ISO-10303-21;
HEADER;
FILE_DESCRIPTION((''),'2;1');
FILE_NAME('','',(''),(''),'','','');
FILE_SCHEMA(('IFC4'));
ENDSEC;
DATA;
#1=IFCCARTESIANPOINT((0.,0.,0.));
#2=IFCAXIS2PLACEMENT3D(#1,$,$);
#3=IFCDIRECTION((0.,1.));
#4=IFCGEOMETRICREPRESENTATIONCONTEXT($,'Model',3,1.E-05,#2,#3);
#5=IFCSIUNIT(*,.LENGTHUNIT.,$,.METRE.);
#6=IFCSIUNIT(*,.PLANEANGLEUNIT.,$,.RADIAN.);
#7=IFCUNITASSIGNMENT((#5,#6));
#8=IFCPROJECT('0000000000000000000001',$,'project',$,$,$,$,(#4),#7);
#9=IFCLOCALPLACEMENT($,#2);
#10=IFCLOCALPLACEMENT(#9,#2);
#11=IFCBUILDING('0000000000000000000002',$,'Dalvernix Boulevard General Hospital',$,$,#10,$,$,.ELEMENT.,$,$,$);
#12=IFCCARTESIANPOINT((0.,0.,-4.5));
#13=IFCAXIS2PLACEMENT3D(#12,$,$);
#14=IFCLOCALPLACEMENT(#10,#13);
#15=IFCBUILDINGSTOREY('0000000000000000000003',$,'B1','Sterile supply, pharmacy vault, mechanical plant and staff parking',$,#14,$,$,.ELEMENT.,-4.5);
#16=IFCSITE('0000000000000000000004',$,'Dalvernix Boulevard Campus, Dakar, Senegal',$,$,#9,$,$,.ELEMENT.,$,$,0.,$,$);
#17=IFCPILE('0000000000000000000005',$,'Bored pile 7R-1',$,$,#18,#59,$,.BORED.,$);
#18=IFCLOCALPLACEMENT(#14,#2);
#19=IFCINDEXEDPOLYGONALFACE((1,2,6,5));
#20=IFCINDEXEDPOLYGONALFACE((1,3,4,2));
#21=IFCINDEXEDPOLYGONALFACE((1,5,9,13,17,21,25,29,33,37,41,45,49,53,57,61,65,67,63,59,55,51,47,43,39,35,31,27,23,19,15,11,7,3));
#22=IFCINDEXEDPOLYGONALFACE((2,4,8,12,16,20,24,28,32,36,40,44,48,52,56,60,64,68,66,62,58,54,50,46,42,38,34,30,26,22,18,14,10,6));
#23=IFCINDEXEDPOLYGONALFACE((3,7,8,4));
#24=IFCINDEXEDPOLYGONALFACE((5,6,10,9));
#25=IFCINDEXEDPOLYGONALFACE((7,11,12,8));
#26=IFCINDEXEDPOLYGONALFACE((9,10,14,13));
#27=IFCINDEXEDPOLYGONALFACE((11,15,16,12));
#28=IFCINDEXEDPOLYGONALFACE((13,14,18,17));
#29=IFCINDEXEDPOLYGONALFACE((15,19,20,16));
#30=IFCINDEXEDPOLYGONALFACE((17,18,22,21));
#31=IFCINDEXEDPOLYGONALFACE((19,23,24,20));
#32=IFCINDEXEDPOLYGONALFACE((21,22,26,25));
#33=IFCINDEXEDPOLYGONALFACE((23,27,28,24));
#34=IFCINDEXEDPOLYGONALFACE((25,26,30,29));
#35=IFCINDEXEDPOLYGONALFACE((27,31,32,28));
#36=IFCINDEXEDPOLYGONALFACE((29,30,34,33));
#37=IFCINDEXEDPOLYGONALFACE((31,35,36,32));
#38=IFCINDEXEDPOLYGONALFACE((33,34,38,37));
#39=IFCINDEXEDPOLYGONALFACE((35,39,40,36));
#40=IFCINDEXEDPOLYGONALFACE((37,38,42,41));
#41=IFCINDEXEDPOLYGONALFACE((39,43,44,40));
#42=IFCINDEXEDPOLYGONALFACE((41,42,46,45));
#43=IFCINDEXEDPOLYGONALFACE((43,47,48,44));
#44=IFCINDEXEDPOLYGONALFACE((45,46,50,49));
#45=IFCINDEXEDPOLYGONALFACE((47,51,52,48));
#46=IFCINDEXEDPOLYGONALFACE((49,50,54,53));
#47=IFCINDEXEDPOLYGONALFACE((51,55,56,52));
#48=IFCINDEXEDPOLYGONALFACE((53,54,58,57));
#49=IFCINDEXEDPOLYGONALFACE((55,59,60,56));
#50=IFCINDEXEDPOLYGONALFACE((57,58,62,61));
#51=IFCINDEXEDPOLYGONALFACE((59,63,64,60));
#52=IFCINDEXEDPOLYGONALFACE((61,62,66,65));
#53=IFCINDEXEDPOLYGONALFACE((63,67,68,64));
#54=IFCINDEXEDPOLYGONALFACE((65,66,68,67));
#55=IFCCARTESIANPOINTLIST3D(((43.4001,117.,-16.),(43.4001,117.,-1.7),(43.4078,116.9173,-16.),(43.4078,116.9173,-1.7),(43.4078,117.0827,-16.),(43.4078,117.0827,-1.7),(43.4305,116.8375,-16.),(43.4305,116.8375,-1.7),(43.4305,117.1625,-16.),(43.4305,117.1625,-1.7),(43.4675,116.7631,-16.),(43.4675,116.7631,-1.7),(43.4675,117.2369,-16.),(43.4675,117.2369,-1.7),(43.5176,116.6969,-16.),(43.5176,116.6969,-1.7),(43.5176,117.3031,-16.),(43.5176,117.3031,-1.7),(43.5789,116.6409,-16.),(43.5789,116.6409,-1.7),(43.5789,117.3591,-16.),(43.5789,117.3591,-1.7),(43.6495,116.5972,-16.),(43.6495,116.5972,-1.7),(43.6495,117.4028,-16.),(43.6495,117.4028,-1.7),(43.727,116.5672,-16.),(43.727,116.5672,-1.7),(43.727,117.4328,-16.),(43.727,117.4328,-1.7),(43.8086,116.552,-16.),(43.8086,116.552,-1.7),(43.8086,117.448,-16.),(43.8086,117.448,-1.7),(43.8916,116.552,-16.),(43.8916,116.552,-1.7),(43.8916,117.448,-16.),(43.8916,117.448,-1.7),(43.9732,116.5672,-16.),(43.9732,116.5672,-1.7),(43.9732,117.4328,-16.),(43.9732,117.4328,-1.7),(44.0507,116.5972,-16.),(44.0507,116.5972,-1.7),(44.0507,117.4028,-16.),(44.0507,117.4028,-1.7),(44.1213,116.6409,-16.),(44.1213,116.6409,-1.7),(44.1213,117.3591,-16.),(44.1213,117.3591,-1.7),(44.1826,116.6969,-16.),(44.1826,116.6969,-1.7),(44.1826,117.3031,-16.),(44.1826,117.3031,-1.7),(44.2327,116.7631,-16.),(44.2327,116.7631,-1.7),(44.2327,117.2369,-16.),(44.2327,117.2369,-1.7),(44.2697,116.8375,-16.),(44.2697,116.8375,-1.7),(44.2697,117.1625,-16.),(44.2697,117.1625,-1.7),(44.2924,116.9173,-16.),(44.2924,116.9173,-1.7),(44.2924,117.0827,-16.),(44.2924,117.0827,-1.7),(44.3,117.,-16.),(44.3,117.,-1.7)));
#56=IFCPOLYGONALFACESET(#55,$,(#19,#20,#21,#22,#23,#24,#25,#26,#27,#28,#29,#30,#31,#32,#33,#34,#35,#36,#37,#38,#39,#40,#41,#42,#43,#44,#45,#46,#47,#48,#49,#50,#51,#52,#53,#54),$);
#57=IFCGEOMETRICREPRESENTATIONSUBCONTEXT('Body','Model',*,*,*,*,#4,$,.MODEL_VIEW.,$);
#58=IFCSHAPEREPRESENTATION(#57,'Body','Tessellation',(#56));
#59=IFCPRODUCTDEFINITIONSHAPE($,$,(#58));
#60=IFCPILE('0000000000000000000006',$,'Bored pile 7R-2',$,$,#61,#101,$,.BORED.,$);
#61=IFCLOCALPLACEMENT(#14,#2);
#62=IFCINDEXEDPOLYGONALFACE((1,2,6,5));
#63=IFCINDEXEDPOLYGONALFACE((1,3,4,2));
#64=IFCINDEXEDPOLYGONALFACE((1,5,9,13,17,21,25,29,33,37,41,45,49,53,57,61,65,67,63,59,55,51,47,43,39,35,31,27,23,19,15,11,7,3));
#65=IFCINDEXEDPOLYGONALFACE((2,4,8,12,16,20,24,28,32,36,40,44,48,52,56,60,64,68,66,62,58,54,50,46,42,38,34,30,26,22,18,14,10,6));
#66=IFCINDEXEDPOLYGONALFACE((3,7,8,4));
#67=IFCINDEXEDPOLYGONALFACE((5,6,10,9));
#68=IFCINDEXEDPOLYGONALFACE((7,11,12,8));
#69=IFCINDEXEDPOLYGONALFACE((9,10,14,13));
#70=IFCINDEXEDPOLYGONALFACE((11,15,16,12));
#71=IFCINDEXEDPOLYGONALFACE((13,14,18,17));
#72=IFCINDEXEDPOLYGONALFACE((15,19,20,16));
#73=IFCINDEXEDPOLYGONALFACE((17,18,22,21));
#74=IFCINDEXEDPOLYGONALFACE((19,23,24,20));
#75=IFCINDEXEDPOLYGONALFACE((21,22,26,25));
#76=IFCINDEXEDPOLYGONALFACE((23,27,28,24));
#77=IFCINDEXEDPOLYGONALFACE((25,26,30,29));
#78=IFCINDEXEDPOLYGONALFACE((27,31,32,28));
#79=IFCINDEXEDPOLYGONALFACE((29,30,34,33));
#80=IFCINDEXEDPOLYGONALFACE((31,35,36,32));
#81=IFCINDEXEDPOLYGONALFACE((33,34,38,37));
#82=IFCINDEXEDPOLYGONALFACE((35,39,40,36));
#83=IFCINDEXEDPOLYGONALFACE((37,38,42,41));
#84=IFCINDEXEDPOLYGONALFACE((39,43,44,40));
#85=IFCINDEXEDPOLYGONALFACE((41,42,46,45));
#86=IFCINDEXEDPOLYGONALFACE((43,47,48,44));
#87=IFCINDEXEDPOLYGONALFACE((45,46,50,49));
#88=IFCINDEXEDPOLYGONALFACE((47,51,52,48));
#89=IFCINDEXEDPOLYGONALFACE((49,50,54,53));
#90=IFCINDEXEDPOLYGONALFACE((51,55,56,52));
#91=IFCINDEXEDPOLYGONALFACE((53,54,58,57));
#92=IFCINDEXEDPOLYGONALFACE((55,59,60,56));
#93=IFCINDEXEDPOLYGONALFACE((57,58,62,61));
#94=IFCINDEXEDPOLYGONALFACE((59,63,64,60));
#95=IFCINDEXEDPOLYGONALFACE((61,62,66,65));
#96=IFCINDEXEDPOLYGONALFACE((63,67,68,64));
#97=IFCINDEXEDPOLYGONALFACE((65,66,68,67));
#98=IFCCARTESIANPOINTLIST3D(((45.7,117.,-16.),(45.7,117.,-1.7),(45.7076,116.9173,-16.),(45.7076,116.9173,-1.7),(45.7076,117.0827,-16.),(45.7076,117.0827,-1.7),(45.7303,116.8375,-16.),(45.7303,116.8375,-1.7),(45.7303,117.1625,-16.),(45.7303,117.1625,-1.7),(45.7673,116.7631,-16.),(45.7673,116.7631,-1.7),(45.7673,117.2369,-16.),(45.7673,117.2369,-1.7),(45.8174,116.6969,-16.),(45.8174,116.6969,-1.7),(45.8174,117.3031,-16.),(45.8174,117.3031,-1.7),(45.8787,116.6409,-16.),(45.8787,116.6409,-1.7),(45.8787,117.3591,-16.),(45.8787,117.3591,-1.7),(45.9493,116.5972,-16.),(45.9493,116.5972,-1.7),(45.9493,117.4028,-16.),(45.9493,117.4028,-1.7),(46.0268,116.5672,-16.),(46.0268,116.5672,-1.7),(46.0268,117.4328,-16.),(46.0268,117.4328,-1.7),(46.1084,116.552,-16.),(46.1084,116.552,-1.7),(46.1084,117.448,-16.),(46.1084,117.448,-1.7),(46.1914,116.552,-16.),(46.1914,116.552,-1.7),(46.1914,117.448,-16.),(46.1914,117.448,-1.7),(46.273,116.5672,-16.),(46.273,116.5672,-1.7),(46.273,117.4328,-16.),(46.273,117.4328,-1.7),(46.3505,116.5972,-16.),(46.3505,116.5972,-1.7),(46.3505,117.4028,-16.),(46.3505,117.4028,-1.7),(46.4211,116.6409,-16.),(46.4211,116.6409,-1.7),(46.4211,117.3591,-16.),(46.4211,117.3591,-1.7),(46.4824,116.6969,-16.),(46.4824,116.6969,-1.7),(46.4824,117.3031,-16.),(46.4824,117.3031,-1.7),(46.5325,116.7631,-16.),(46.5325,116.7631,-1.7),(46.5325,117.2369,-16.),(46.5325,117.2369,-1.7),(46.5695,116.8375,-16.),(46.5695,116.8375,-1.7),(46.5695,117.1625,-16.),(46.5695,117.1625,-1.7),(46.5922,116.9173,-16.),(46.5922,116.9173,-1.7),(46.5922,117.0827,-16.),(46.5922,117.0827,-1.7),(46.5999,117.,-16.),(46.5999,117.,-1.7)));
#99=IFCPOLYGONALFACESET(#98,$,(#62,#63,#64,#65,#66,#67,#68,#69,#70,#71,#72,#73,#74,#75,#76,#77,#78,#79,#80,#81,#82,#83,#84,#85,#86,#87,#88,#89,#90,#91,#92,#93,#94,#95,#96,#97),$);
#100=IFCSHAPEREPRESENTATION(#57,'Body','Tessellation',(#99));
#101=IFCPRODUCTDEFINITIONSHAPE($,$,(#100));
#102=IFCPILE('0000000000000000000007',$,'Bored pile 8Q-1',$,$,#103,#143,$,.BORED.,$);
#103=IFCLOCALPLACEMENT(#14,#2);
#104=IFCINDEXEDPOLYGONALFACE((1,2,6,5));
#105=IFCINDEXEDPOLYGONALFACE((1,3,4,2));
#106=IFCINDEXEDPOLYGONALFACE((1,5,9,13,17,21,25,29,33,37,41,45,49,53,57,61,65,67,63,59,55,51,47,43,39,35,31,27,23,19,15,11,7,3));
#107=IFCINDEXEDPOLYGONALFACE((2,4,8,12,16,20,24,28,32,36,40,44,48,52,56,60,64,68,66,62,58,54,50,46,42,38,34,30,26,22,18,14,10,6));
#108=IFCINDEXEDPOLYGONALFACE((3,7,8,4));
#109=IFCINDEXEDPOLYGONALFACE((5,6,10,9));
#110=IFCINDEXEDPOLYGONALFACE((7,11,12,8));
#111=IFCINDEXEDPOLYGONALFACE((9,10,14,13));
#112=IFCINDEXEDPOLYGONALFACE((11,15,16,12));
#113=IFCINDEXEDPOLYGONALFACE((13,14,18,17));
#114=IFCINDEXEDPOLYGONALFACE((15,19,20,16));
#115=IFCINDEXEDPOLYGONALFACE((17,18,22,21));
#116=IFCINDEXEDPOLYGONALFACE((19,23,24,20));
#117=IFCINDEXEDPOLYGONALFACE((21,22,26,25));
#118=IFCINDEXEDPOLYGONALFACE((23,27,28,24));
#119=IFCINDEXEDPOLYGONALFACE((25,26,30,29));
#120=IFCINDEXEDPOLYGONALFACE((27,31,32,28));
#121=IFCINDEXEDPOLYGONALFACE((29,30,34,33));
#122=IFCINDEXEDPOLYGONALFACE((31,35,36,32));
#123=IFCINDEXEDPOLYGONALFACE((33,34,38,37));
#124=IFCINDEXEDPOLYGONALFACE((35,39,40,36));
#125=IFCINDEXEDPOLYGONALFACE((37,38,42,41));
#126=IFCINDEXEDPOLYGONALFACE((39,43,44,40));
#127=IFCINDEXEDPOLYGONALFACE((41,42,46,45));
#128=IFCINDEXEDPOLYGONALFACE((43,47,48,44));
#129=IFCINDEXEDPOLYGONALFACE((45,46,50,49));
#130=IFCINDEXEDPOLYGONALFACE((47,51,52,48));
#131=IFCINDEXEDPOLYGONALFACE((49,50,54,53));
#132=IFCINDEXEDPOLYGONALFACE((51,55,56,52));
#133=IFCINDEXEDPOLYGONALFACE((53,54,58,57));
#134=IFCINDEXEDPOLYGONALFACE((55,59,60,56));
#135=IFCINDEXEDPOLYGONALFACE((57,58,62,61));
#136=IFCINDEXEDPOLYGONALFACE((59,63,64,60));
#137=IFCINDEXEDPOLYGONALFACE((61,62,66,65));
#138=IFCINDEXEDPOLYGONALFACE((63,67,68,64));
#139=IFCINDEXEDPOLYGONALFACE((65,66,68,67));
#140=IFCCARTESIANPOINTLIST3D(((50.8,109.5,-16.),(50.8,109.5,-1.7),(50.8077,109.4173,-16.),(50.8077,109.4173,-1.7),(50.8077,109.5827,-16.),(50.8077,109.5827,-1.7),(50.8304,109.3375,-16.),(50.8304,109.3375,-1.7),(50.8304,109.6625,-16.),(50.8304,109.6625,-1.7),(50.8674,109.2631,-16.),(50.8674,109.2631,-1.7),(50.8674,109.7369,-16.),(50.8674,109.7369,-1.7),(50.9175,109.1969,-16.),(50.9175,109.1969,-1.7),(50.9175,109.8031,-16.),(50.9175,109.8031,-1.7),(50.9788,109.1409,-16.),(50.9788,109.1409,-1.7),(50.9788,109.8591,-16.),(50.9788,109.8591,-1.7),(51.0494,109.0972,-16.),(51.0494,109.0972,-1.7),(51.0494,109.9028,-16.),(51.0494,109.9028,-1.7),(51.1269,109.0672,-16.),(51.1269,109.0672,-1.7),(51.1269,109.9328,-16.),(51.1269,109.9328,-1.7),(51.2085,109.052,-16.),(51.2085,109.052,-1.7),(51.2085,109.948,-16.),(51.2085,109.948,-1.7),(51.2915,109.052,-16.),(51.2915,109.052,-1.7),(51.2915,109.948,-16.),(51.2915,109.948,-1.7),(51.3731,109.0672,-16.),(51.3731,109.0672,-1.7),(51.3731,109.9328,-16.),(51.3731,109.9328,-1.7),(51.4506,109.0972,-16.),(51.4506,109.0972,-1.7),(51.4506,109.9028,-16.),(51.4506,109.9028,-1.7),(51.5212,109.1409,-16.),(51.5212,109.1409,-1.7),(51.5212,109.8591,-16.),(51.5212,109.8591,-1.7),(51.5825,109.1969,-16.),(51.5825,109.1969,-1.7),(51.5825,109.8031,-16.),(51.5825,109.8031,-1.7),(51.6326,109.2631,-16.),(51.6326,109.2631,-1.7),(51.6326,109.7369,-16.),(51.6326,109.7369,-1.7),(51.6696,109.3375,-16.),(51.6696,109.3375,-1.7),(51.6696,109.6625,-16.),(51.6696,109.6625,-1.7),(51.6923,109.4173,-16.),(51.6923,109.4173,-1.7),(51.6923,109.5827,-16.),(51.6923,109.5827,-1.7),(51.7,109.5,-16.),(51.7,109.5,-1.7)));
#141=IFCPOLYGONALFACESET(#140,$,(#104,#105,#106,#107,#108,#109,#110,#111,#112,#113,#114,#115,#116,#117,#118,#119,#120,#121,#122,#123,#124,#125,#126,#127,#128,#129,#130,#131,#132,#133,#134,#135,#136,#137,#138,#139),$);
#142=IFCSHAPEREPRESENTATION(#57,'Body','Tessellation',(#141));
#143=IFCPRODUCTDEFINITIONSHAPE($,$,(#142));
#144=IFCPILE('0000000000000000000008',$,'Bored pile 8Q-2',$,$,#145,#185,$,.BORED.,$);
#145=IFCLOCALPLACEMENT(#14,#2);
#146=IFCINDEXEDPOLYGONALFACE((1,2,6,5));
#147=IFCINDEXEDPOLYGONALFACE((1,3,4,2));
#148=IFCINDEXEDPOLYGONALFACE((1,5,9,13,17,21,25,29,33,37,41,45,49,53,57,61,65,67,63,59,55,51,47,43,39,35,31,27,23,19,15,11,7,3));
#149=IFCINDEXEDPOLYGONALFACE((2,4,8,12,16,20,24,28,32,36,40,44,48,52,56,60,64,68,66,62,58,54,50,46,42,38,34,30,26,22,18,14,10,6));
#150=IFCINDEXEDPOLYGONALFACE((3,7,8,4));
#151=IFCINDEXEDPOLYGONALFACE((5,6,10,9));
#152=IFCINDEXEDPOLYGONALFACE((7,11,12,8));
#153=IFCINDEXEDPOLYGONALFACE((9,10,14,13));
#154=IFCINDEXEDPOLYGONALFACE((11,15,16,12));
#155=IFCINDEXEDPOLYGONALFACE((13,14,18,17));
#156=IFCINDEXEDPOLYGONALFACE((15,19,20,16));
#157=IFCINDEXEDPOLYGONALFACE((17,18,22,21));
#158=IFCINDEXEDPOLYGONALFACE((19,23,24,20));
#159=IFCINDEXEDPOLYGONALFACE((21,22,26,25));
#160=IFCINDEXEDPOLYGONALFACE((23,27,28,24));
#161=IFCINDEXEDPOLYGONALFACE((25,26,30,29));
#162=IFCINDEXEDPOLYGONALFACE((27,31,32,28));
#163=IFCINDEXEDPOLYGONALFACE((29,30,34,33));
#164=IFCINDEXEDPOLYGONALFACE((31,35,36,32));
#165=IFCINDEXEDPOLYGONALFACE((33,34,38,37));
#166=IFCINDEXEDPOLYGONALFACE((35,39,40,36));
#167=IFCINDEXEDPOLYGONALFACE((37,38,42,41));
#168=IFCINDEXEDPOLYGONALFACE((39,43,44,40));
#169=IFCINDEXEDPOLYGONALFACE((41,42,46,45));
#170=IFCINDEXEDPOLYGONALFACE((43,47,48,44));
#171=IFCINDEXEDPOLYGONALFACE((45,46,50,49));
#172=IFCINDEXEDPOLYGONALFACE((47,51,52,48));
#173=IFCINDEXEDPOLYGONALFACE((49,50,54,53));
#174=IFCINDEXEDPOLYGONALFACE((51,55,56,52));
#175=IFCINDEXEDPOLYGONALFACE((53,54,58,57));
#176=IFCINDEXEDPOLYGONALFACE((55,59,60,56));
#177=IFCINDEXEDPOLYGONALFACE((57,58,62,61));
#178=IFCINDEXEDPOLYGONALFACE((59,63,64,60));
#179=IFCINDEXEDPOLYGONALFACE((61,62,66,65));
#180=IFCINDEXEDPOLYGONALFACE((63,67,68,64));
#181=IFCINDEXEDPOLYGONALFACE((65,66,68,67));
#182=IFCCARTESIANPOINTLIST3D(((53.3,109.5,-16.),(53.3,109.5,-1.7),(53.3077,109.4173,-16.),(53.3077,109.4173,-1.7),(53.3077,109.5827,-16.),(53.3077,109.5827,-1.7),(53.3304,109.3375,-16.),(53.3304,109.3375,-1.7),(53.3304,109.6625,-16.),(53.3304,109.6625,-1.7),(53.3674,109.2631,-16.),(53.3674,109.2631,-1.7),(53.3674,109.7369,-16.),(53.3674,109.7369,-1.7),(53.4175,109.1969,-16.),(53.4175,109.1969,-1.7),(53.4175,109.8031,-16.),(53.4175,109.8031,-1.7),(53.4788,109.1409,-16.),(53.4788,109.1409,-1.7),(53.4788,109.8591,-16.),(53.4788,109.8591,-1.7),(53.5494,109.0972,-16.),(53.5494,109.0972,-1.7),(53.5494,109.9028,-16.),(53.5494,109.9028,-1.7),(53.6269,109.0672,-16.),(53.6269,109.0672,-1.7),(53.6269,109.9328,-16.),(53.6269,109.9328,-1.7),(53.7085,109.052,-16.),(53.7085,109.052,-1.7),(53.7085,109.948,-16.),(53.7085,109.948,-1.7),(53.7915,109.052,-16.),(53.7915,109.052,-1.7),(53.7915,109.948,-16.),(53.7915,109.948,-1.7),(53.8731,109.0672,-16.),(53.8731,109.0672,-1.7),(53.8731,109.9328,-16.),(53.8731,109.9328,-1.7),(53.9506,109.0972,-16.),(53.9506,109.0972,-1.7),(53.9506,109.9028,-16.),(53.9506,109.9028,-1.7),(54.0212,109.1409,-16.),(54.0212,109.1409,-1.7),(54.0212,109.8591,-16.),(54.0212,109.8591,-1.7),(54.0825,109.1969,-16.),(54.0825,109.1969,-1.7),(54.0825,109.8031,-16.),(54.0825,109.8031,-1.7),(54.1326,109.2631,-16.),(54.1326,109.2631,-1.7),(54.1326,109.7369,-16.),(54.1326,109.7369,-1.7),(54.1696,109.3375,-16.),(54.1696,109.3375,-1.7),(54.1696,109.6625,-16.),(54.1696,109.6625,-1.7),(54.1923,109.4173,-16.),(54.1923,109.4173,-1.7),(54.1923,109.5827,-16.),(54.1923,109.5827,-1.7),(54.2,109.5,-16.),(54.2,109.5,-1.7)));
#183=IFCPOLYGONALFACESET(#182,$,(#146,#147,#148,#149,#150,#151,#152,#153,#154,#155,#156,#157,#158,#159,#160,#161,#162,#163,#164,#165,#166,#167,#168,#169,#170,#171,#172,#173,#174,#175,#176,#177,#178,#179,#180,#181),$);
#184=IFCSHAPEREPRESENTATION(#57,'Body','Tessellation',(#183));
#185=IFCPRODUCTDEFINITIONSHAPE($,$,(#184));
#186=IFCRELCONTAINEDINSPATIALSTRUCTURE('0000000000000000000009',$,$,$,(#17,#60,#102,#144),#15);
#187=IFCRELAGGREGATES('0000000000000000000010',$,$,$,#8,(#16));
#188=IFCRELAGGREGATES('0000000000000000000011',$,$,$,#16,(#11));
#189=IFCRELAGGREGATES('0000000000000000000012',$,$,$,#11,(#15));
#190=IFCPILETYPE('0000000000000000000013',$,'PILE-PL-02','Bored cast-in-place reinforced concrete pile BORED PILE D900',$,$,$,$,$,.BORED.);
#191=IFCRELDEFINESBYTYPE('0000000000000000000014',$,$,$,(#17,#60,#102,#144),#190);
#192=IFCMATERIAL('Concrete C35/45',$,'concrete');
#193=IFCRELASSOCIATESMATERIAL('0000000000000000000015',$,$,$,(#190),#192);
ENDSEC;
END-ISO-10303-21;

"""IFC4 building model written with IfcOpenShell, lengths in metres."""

from ifc_helpers import new_model, si_unit, direction, frame, origin, origin_2d, place, context, subcontext, project, spatial, circle, extrude, material, material_profile, profile_set, type_object, element, save


model = new_model("IFC4")

# Units and contexts
model_context = context("Model", 3, precision=1e-05, world=origin(), true_north=direction((0.0, 1.0)))
body_context = subcontext(model_context, "Body", "Model", "MODEL_VIEW")
ifc_project = project(units=[si_unit("LENGTHUNIT", "METRE"), si_unit("PLANEANGLEUNIT", "RADIAN")], contexts=[model_context])

# Site, building, storey
site_placement = place(None, origin())
site = spatial("IfcSite", under=ifc_project, at=site_placement, Name="Dalvernix Boulevard Campus, Dakar, Senegal", CompositionType="ELEMENT", RefElevation=0.0)
building_placement = place(site_placement, origin())
building = spatial("IfcBuilding", under=site, at=building_placement, Name="Dalvernix Boulevard General Hospital", CompositionType="ELEMENT")
storey_placement = place(building_placement, frame((0.0, 0.0, -4.5)))
storey = spatial("IfcBuildingStorey", under=building, at=storey_placement, Name="B1", Description="Sterile supply, pharmacy vault, mechanical plant and staff parking", CompositionType="ELEMENT", Elevation=-4.5)

# Shared definitions
ifc_material_1 = material(Name="Concrete C35/45", Category="concrete")

# Piles
ifc_material_profile_1 = material_profile(ifc_material_1, circle(Radius=0.45, at=origin_2d()), Name="BORED PILE D900")
ifc_profile_set_1 = profile_set([ifc_material_profile_1], Name="Concrete C35/45")
pile_type_1 = type_object("IfcPileType", Name="PILE-PL-02", Description="Bored cast-in-place reinforced concrete pile BORED PILE D900", PredefinedType="BORED", material=ifc_profile_set_1)
for number, where, z_axis, x_axis, name in (
    (1, (43.8501, 117.0, -1.7), (0.0, 0.0, -1.0), (1.0, 0.0, 0.0), "Bored pile 7R-1"),
    (2, (46.1499, 117.0, -1.7), (0.0, 0.0, -1.0), (1.0, 0.0, 0.0), "Bored pile 7R-2"),
    (3, (51.25, 109.5, -1.7), (0.0, 0.0, -1.0), (1.0, 0.0, 0.0), "Bored pile 8Q-1"),
    (4, (53.75, 109.5, -1.7), (0.0, 0.0, -1.0), (1.0, 0.0, 0.0), "Bored pile 8Q-2"),
):
    element("IfcPile", number, at=place(storey_placement, frame(where, z_axis=z_axis, x_axis=x_axis)), inside=storey, type_object=pile_type_1, Name=name, PredefinedType="BORED", context=body_context, shape_type="SweptSolid", body=[
        extrude(circle(Radius=0.45, at=origin_2d()), origin(), (0.0, 0.0, 1.0), 14.3),
    ])

save(model, "model.ifc")
